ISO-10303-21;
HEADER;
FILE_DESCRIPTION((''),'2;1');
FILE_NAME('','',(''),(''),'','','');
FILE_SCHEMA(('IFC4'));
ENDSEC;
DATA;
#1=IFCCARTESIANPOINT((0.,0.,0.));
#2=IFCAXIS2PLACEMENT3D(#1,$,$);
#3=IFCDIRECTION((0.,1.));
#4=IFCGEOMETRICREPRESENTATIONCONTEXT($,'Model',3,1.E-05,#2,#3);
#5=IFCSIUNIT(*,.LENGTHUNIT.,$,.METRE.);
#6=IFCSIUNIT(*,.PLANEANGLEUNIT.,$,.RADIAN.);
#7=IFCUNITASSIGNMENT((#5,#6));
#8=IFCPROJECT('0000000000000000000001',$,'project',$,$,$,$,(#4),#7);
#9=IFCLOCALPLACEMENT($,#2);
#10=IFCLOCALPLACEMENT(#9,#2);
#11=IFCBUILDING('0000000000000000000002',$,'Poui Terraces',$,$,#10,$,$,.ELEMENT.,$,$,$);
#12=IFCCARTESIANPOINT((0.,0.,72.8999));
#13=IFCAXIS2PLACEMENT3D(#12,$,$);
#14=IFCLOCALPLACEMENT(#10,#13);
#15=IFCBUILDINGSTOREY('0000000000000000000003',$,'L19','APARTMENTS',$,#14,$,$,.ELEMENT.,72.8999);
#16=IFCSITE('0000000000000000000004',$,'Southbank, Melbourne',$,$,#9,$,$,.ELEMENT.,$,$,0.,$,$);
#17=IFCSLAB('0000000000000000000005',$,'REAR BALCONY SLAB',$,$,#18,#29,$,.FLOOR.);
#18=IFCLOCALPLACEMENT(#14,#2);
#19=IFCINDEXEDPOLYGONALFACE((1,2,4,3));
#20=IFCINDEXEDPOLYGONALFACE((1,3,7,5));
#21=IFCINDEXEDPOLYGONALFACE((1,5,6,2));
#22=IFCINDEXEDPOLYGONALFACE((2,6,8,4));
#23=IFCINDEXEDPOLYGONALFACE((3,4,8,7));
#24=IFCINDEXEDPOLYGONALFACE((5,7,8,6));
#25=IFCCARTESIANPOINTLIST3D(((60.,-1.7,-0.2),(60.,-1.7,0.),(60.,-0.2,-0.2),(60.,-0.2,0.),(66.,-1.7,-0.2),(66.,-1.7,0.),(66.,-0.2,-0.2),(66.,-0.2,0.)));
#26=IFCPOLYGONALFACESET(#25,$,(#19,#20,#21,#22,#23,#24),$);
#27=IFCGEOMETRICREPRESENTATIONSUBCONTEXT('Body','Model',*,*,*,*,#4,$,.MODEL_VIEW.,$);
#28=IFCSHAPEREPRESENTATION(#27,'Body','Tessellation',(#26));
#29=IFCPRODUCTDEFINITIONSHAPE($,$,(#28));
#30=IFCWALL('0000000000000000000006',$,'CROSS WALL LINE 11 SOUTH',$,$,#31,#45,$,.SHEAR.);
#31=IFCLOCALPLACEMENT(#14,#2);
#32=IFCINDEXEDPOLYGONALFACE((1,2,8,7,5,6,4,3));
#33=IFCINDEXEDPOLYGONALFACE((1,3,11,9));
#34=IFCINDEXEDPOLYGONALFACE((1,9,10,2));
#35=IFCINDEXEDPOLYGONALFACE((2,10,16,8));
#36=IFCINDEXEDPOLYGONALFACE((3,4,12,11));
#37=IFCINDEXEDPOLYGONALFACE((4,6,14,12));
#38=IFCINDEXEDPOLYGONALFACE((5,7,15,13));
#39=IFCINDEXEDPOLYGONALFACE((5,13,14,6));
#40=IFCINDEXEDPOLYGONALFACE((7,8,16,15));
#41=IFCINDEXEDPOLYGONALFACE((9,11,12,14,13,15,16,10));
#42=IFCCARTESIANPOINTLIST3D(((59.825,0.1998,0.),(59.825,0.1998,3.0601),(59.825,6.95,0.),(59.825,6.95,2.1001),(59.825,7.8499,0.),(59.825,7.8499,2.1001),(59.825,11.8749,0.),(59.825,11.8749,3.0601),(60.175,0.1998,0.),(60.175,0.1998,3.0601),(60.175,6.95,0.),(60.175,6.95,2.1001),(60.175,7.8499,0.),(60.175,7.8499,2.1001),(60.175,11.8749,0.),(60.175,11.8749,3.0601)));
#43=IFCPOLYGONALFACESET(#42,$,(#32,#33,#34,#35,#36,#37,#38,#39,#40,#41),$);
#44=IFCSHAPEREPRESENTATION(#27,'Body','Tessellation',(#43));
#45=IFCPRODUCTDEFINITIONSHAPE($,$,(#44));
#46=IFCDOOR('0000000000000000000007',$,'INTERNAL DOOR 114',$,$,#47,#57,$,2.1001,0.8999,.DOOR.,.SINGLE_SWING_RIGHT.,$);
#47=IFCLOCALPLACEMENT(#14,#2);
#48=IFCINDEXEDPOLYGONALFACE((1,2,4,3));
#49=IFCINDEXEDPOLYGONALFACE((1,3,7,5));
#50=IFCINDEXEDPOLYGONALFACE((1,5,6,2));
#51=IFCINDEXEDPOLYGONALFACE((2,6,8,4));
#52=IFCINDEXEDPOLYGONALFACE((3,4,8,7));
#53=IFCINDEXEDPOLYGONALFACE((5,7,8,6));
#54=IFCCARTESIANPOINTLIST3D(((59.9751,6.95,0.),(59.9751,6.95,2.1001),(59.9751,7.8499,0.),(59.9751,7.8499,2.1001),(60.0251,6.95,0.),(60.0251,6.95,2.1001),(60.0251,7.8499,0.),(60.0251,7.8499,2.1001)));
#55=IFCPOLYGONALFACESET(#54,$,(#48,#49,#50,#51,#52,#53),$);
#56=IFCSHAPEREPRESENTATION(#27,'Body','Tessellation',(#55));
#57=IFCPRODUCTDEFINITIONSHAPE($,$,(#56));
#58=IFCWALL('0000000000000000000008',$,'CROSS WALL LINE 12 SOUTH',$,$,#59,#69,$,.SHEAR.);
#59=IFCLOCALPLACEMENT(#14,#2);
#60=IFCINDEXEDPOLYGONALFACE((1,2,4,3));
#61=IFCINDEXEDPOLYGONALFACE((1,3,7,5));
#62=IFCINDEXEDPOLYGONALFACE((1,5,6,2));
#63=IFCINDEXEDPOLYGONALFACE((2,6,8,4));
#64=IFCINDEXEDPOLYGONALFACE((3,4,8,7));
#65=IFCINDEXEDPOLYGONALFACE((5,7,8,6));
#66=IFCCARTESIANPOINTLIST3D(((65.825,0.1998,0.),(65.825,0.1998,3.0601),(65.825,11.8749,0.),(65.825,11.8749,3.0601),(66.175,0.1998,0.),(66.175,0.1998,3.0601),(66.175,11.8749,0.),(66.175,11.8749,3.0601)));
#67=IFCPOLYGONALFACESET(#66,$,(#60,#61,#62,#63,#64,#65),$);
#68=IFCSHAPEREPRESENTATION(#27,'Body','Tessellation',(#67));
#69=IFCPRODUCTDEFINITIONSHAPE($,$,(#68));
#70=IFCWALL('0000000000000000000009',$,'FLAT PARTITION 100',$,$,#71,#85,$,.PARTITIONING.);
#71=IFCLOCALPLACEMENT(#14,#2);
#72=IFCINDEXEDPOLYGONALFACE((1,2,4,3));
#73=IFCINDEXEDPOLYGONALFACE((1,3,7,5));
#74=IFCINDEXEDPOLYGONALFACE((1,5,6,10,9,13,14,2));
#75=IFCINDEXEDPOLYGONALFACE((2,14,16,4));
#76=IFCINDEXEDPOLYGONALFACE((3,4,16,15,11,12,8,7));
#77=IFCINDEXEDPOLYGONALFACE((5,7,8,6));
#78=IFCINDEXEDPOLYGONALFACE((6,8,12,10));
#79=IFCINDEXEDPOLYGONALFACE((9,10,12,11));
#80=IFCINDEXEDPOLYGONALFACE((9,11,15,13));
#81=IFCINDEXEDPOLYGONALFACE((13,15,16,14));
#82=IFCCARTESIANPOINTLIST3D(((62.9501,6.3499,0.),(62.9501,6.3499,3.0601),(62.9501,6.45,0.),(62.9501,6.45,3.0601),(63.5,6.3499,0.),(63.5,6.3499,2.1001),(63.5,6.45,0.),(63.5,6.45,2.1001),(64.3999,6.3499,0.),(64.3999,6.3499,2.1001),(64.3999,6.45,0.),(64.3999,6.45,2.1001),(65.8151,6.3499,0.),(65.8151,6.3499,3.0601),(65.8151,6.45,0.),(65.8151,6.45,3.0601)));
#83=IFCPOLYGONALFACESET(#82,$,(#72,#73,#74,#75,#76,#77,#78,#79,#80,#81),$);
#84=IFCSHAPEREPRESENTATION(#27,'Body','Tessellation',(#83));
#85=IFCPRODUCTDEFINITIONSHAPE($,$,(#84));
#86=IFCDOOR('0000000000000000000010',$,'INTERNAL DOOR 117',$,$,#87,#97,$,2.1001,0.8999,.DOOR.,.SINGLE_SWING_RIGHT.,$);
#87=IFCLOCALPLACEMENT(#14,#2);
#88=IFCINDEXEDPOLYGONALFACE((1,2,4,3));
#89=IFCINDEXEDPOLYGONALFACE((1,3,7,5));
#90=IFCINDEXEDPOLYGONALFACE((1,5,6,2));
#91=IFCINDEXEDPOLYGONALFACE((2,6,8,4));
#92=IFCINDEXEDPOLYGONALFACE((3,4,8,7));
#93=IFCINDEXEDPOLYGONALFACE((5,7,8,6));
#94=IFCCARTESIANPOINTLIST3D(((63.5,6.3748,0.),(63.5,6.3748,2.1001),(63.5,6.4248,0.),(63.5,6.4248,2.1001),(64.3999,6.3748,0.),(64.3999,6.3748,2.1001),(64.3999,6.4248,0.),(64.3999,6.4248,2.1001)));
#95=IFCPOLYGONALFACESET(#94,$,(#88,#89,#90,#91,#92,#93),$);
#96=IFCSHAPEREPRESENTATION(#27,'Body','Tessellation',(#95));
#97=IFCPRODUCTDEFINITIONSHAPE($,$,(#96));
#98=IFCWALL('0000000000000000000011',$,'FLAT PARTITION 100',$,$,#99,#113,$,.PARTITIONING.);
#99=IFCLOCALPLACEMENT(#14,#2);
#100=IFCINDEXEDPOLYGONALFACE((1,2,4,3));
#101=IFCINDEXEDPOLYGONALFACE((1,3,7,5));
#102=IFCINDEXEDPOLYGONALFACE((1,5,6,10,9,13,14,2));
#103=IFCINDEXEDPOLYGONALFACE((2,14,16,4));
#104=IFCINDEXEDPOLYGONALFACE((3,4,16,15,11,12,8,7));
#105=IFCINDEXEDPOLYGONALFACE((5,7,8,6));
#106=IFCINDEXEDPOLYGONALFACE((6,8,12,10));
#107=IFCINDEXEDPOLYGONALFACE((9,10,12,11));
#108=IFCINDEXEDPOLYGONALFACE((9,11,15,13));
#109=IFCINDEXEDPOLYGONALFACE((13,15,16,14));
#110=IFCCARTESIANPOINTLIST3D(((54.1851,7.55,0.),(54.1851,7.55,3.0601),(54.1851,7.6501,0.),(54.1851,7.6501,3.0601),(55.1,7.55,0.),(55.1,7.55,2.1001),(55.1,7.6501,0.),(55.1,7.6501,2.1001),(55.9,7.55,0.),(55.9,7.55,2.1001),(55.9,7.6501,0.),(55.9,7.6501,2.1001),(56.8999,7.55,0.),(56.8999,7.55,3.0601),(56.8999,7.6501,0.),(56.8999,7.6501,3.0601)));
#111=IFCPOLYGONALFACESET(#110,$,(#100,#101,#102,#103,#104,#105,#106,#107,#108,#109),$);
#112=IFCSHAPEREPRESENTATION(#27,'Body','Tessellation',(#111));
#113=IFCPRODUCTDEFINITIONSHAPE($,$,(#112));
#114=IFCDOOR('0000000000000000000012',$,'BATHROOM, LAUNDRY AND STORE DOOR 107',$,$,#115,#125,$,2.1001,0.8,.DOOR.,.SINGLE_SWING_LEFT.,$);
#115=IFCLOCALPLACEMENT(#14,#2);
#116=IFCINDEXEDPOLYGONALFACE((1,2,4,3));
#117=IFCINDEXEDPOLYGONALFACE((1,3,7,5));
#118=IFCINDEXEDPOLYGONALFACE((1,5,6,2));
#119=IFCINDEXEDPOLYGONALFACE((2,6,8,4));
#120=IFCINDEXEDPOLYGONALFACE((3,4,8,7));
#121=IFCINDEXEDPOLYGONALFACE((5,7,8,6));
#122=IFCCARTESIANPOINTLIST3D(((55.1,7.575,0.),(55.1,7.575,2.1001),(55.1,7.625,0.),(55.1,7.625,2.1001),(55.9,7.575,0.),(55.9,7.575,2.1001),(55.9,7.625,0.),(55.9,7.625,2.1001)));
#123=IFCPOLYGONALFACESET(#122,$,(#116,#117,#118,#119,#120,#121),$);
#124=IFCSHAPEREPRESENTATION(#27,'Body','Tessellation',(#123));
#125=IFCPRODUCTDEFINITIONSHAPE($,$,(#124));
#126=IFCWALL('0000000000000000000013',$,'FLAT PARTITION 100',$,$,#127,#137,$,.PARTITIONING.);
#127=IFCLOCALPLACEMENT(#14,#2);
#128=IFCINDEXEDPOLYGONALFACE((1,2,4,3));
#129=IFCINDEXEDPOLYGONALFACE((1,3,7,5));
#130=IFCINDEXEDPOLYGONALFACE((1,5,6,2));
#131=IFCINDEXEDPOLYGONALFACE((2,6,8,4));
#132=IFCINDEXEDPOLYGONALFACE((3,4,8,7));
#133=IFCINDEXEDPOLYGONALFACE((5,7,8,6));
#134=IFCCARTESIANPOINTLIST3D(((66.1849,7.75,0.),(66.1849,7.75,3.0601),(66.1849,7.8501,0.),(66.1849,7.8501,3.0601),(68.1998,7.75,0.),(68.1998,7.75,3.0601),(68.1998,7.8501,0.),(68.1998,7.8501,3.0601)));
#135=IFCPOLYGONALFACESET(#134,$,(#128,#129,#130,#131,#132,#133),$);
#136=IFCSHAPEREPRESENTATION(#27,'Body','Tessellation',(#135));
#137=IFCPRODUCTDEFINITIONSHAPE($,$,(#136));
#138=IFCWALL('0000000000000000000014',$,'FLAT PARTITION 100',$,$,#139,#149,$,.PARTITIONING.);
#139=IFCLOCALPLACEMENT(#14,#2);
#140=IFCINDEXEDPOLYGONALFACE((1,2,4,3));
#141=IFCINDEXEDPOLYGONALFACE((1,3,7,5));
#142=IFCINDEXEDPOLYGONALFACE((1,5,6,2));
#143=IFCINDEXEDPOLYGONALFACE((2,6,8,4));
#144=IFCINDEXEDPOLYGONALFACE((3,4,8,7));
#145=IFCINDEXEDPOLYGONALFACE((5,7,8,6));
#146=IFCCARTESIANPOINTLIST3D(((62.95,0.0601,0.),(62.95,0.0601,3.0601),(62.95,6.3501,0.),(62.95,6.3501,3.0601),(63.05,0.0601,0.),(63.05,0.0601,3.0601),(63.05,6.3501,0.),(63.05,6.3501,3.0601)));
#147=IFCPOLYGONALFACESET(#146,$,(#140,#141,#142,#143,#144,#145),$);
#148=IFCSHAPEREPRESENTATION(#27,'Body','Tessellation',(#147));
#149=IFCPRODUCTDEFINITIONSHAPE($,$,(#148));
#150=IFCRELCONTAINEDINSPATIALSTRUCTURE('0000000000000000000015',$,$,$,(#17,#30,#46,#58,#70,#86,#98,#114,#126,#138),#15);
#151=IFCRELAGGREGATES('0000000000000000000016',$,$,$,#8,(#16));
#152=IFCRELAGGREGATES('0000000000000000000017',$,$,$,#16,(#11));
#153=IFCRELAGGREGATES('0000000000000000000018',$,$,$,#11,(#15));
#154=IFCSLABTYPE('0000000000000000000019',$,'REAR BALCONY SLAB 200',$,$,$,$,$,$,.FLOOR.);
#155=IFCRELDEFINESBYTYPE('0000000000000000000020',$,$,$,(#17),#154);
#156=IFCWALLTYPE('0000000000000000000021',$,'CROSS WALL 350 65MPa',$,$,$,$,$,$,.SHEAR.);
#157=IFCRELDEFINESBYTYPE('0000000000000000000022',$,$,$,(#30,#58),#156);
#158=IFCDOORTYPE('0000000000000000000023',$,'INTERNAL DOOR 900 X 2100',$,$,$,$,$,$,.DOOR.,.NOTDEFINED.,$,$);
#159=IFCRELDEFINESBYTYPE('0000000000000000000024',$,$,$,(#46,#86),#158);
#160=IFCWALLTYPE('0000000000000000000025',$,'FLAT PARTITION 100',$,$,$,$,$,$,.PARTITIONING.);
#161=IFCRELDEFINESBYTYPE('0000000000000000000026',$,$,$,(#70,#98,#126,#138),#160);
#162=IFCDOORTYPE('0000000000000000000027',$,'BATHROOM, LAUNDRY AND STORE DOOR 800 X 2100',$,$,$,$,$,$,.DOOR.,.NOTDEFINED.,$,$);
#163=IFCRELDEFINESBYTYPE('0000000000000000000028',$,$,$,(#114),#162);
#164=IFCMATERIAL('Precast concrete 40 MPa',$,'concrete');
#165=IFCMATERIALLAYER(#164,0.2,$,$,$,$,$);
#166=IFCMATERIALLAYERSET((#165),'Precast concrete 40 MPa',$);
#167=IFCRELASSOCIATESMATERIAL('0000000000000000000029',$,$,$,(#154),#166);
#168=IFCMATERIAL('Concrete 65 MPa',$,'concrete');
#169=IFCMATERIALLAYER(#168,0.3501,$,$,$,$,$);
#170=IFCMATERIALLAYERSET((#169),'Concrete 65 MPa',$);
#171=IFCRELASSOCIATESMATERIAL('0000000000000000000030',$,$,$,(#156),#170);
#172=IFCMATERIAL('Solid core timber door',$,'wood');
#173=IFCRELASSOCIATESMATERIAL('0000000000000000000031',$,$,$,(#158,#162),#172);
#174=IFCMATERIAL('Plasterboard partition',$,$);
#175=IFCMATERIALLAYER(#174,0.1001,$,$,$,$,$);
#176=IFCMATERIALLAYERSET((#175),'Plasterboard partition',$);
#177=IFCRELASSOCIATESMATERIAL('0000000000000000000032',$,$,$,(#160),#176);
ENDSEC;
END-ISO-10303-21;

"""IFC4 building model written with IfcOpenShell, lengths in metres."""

from ifc_helpers import new_model, si_unit, direction, frame, frame_2d, origin, place, context, subcontext, project, spatial, polyline, rectangle, outline, extrude, source, transform, mapped, material, layer, layer_set, type_object, element, fill, save


model = new_model("IFC4")

# Units and contexts
model_context = context("Model", 3, precision=1e-05, world=origin(), true_north=direction((0.0, 1.0)))
body_context = subcontext(model_context, "Body", "Model", "MODEL_VIEW")
ifc_project = project(units=[si_unit("LENGTHUNIT", "METRE"), si_unit("PLANEANGLEUNIT", "RADIAN")], contexts=[model_context])

# Site, building, storey
site_placement = place(None, origin())
site = spatial("IfcSite", under=ifc_project, at=site_placement, Name="Southbank, Melbourne", CompositionType="ELEMENT", RefElevation=0.0)
building_placement = place(site_placement, origin())
building = spatial("IfcBuilding", under=site, at=building_placement, Name="Poui Terraces", CompositionType="ELEMENT")
storey_placement = place(building_placement, frame((0.0, 0.0, 72.8999)))
storey = spatial("IfcBuildingStorey", under=building, at=storey_placement, Name="L19", Description="APARTMENTS", CompositionType="ELEMENT", Elevation=72.8999)

# Slab
ifc_material_1 = material(Name="Precast concrete 40 MPa", Category="concrete")
ifc_layer_1 = layer(ifc_material_1, 0.2)
ifc_layer_set_1 = layer_set([ifc_layer_1], Name="Precast concrete 40 MPa")
slab_type = type_object("IfcSlabType", Name="REAR BALCONY SLAB 200", PredefinedType="FLOOR", material=ifc_layer_set_1)
shared_shape_1 = source(origin(), body_context, "Body", "SweptSolid", [
    extrude(outline(polyline([(0.0, 0.0), (6.0, 0.0), (6.0, 1.5), (0.0, 1.5), (0.0, 0.0)])), origin(), (0.0, 0.0, 1.0), 0.2),
])
slab_placement = place(storey_placement, frame((60.0, -1.7, -0.2)))
element("IfcSlab", 1, at=slab_placement, inside=storey, type_object=slab_type, Name="REAR BALCONY SLAB", PredefinedType="FLOOR", context=body_context, shape_type="MappedRepresentation", body=[
    mapped(shared_shape_1, transform((0.0, 0.0, 0.0))),
])

# Wall, opening, door
ifc_material_2 = material(Name="Concrete 65 MPa", Category="concrete")
ifc_layer_2 = layer(ifc_material_2, 0.3501)
ifc_layer_set_2 = layer_set([ifc_layer_2], Name="Concrete 65 MPa")
wall_type_1 = type_object("IfcWallType", Name="CROSS WALL 350 65MPa", PredefinedType="SHEAR", material=ifc_layer_set_2)
wall_1_placement = place(storey_placement, frame((60.0, 0.2, 0.0), z_axis=(0.0, 0.0, 1.0), x_axis=(0.0, 1.0, 0.0)))
wall_1 = element("IfcWall", 2, at=wall_1_placement, inside=storey, type_object=wall_type_1, Name="CROSS WALL LINE 11 SOUTH", PredefinedType="SHEAR", context=body_context, shape_type="SweptSolid", body=[
    extrude(rectangle(XDim=11.675, YDim=0.3501, at=frame_2d((5.8374, 0.0))), origin(), (0.0, 0.0, 1.0), 3.0601),
])
opening_1_placement = place(wall_1_placement, frame((6.75, 0.0, 0.0)))
opening_1 = element("IfcOpeningElement", 3, at=opening_1_placement, cuts=wall_1, PredefinedType="OPENING", context=body_context, shape_type="SweptSolid", body=[
    extrude(rectangle(XDim=0.8999, YDim=2.1001, at=frame_2d((0.45, 1.05))), frame((0.0, 0.1851, 0.0), z_axis=(0.0, -1.0, 0.0), x_axis=(1.0, 0.0, 0.0)), (0.0, 0.0, 1.0), 0.3701),
])
ifc_material_3 = material(Name="Solid core timber door", Category="wood")
door_type_1 = type_object("IfcDoorType", Name="INTERNAL DOOR 900 X 2100", OperationType="NOTDEFINED", PredefinedType="DOOR", material=ifc_material_3)
door_1_placement = place(opening_1_placement, origin())
door_1 = element("IfcDoor", 4, at=door_1_placement, inside=storey, type_object=door_type_1, Name="INTERNAL DOOR 114", OperationType="SINGLE_SWING_RIGHT", OverallHeight=2.1001, OverallWidth=0.8999, PredefinedType="DOOR", context=body_context, shape_type="SweptSolid", body=[
    extrude(rectangle(XDim=0.8999, YDim=2.1001, at=frame_2d((0.45, 1.05))), frame((0.0, 0.0249, 0.0), z_axis=(0.0, -1.0, 0.0), x_axis=(1.0, 0.0, 0.0)), (0.0, 0.0, 1.0), 0.05),
])
fill(opening_1, door_1)

# Wall
wall_2_placement = place(storey_placement, frame((66.0, 0.2, 0.0), z_axis=(0.0, 0.0, 1.0), x_axis=(0.0, 1.0, 0.0)))
element("IfcWall", 5, at=wall_2_placement, inside=storey, type_object=wall_type_1, Name="CROSS WALL LINE 12 SOUTH", PredefinedType="SHEAR", context=body_context, shape_type="SweptSolid", body=[
    extrude(rectangle(XDim=11.675, YDim=0.3501, at=frame_2d((5.8374, 0.0))), origin(), (0.0, 0.0, 1.0), 3.0601),
])

# Walls, openings, doors
ifc_material_4 = material(Name="Plasterboard partition")
ifc_layer_3 = layer(ifc_material_4, 0.1001)
ifc_layer_set_3 = layer_set([ifc_layer_3], Name="Plasterboard partition")
wall_type_2 = type_object("IfcWallType", Name="FLAT PARTITION 100", PredefinedType="PARTITIONING", material=ifc_layer_set_3)
wall_3_placement = place(storey_placement, frame((62.95, 6.3999, 0.0), z_axis=(0.0, 0.0, 1.0), x_axis=(1.0, 0.0, 0.0)))
wall_3 = element("IfcWall", 6, at=wall_3_placement, inside=storey, type_object=wall_type_2, Name="FLAT PARTITION 100", PredefinedType="PARTITIONING", context=body_context, shape_type="SweptSolid", body=[
    extrude(rectangle(XDim=2.865, YDim=0.1001, at=frame_2d((1.4326, 0.0))), origin(), (0.0, 0.0, 1.0), 3.0601),
])
opening_2_placement = place(wall_3_placement, frame((0.55, 0.0, 0.0)))
opening_2 = element("IfcOpeningElement", 7, at=opening_2_placement, cuts=wall_3, PredefinedType="OPENING", context=body_context, shape_type="SweptSolid", body=[
    extrude(rectangle(XDim=0.8999, YDim=2.1001, at=frame_2d((0.45, 1.05))), frame((0.0, 0.0601, 0.0), z_axis=(0.0, -1.0, 0.0), x_axis=(1.0, 0.0, 0.0)), (0.0, 0.0, 1.0), 0.1201),
])
door_2_placement = place(opening_2_placement, origin())
door_2 = element("IfcDoor", 8, at=door_2_placement, inside=storey, type_object=door_type_1, Name="INTERNAL DOOR 117", OperationType="SINGLE_SWING_RIGHT", OverallHeight=2.1001, OverallWidth=0.8999, PredefinedType="DOOR", context=body_context, shape_type="SweptSolid", body=[
    extrude(rectangle(XDim=0.8999, YDim=2.1001, at=frame_2d((0.45, 1.05))), frame((0.0, 0.0249, 0.0), z_axis=(0.0, -1.0, 0.0), x_axis=(1.0, 0.0, 0.0)), (0.0, 0.0, 1.0), 0.05),
])
fill(opening_2, door_2)
wall_4_placement = place(storey_placement, frame((54.1851, 7.6001, 0.0), z_axis=(0.0, 0.0, 1.0), x_axis=(1.0, 0.0, 0.0)))
wall_4 = element("IfcWall", 9, at=wall_4_placement, inside=storey, type_object=wall_type_2, Name="FLAT PARTITION 100", PredefinedType="PARTITIONING", context=body_context, shape_type="SweptSolid", body=[
    extrude(rectangle(XDim=2.7148, YDim=0.1001, at=frame_2d((1.3574, 0.0))), origin(), (0.0, 0.0, 1.0), 3.0601),
])
opening_3_placement = place(wall_4_placement, frame((0.915, 0.0, 0.0)))
opening_3 = element("IfcOpeningElement", 10, at=opening_3_placement, cuts=wall_4, PredefinedType="OPENING", context=body_context, shape_type="SweptSolid", body=[
    extrude(rectangle(XDim=0.8, YDim=2.1001, at=frame_2d((0.3999, 1.05))), frame((0.0, 0.0601, 0.0), z_axis=(0.0, -1.0, 0.0), x_axis=(1.0, 0.0, 0.0)), (0.0, 0.0, 1.0), 0.1201),
])
door_type_2 = type_object("IfcDoorType", Name="BATHROOM, LAUNDRY AND STORE DOOR 800 X 2100", OperationType="NOTDEFINED", PredefinedType="DOOR", material=ifc_material_3)
door_3_placement = place(opening_3_placement, origin())
door_3 = element("IfcDoor", 11, at=door_3_placement, inside=storey, type_object=door_type_2, Name="BATHROOM, LAUNDRY AND STORE DOOR 107", OperationType="SINGLE_SWING_LEFT", OverallHeight=2.1001, OverallWidth=0.8, PredefinedType="DOOR", context=body_context, shape_type="SweptSolid", body=[
    extrude(rectangle(XDim=0.8, YDim=2.1001, at=frame_2d((0.3999, 1.05))), frame((0.0, 0.0249, 0.0), z_axis=(0.0, -1.0, 0.0), x_axis=(1.0, 0.0, 0.0)), (0.0, 0.0, 1.0), 0.05),
])
fill(opening_3, door_3)

# Walls
wall_5_placement = place(storey_placement, frame((66.1851, 7.8, 0.0), z_axis=(0.0, 0.0, 1.0), x_axis=(1.0, 0.0, 0.0)))
element("IfcWall", 12, at=wall_5_placement, inside=storey, type_object=wall_type_2, Name="FLAT PARTITION 100", PredefinedType="PARTITIONING", context=body_context, shape_type="SweptSolid", body=[
    extrude(rectangle(XDim=2.0149, YDim=0.1001, at=frame_2d((1.0073, 0.0))), origin(), (0.0, 0.0, 1.0), 3.0601),
])
wall_6_placement = place(storey_placement, frame((63.0, 0.0601, 0.0), z_axis=(0.0, 0.0, 1.0), x_axis=(0.0, 1.0, 0.0)))
element("IfcWall", 13, at=wall_6_placement, inside=storey, type_object=wall_type_2, Name="FLAT PARTITION 100", PredefinedType="PARTITIONING", context=body_context, shape_type="SweptSolid", body=[
    extrude(rectangle(XDim=6.29, YDim=0.1001, at=frame_2d((3.145, 0.0))), origin(), (0.0, 0.0, 1.0), 3.0601),
])

save(model, "model.ifc")
